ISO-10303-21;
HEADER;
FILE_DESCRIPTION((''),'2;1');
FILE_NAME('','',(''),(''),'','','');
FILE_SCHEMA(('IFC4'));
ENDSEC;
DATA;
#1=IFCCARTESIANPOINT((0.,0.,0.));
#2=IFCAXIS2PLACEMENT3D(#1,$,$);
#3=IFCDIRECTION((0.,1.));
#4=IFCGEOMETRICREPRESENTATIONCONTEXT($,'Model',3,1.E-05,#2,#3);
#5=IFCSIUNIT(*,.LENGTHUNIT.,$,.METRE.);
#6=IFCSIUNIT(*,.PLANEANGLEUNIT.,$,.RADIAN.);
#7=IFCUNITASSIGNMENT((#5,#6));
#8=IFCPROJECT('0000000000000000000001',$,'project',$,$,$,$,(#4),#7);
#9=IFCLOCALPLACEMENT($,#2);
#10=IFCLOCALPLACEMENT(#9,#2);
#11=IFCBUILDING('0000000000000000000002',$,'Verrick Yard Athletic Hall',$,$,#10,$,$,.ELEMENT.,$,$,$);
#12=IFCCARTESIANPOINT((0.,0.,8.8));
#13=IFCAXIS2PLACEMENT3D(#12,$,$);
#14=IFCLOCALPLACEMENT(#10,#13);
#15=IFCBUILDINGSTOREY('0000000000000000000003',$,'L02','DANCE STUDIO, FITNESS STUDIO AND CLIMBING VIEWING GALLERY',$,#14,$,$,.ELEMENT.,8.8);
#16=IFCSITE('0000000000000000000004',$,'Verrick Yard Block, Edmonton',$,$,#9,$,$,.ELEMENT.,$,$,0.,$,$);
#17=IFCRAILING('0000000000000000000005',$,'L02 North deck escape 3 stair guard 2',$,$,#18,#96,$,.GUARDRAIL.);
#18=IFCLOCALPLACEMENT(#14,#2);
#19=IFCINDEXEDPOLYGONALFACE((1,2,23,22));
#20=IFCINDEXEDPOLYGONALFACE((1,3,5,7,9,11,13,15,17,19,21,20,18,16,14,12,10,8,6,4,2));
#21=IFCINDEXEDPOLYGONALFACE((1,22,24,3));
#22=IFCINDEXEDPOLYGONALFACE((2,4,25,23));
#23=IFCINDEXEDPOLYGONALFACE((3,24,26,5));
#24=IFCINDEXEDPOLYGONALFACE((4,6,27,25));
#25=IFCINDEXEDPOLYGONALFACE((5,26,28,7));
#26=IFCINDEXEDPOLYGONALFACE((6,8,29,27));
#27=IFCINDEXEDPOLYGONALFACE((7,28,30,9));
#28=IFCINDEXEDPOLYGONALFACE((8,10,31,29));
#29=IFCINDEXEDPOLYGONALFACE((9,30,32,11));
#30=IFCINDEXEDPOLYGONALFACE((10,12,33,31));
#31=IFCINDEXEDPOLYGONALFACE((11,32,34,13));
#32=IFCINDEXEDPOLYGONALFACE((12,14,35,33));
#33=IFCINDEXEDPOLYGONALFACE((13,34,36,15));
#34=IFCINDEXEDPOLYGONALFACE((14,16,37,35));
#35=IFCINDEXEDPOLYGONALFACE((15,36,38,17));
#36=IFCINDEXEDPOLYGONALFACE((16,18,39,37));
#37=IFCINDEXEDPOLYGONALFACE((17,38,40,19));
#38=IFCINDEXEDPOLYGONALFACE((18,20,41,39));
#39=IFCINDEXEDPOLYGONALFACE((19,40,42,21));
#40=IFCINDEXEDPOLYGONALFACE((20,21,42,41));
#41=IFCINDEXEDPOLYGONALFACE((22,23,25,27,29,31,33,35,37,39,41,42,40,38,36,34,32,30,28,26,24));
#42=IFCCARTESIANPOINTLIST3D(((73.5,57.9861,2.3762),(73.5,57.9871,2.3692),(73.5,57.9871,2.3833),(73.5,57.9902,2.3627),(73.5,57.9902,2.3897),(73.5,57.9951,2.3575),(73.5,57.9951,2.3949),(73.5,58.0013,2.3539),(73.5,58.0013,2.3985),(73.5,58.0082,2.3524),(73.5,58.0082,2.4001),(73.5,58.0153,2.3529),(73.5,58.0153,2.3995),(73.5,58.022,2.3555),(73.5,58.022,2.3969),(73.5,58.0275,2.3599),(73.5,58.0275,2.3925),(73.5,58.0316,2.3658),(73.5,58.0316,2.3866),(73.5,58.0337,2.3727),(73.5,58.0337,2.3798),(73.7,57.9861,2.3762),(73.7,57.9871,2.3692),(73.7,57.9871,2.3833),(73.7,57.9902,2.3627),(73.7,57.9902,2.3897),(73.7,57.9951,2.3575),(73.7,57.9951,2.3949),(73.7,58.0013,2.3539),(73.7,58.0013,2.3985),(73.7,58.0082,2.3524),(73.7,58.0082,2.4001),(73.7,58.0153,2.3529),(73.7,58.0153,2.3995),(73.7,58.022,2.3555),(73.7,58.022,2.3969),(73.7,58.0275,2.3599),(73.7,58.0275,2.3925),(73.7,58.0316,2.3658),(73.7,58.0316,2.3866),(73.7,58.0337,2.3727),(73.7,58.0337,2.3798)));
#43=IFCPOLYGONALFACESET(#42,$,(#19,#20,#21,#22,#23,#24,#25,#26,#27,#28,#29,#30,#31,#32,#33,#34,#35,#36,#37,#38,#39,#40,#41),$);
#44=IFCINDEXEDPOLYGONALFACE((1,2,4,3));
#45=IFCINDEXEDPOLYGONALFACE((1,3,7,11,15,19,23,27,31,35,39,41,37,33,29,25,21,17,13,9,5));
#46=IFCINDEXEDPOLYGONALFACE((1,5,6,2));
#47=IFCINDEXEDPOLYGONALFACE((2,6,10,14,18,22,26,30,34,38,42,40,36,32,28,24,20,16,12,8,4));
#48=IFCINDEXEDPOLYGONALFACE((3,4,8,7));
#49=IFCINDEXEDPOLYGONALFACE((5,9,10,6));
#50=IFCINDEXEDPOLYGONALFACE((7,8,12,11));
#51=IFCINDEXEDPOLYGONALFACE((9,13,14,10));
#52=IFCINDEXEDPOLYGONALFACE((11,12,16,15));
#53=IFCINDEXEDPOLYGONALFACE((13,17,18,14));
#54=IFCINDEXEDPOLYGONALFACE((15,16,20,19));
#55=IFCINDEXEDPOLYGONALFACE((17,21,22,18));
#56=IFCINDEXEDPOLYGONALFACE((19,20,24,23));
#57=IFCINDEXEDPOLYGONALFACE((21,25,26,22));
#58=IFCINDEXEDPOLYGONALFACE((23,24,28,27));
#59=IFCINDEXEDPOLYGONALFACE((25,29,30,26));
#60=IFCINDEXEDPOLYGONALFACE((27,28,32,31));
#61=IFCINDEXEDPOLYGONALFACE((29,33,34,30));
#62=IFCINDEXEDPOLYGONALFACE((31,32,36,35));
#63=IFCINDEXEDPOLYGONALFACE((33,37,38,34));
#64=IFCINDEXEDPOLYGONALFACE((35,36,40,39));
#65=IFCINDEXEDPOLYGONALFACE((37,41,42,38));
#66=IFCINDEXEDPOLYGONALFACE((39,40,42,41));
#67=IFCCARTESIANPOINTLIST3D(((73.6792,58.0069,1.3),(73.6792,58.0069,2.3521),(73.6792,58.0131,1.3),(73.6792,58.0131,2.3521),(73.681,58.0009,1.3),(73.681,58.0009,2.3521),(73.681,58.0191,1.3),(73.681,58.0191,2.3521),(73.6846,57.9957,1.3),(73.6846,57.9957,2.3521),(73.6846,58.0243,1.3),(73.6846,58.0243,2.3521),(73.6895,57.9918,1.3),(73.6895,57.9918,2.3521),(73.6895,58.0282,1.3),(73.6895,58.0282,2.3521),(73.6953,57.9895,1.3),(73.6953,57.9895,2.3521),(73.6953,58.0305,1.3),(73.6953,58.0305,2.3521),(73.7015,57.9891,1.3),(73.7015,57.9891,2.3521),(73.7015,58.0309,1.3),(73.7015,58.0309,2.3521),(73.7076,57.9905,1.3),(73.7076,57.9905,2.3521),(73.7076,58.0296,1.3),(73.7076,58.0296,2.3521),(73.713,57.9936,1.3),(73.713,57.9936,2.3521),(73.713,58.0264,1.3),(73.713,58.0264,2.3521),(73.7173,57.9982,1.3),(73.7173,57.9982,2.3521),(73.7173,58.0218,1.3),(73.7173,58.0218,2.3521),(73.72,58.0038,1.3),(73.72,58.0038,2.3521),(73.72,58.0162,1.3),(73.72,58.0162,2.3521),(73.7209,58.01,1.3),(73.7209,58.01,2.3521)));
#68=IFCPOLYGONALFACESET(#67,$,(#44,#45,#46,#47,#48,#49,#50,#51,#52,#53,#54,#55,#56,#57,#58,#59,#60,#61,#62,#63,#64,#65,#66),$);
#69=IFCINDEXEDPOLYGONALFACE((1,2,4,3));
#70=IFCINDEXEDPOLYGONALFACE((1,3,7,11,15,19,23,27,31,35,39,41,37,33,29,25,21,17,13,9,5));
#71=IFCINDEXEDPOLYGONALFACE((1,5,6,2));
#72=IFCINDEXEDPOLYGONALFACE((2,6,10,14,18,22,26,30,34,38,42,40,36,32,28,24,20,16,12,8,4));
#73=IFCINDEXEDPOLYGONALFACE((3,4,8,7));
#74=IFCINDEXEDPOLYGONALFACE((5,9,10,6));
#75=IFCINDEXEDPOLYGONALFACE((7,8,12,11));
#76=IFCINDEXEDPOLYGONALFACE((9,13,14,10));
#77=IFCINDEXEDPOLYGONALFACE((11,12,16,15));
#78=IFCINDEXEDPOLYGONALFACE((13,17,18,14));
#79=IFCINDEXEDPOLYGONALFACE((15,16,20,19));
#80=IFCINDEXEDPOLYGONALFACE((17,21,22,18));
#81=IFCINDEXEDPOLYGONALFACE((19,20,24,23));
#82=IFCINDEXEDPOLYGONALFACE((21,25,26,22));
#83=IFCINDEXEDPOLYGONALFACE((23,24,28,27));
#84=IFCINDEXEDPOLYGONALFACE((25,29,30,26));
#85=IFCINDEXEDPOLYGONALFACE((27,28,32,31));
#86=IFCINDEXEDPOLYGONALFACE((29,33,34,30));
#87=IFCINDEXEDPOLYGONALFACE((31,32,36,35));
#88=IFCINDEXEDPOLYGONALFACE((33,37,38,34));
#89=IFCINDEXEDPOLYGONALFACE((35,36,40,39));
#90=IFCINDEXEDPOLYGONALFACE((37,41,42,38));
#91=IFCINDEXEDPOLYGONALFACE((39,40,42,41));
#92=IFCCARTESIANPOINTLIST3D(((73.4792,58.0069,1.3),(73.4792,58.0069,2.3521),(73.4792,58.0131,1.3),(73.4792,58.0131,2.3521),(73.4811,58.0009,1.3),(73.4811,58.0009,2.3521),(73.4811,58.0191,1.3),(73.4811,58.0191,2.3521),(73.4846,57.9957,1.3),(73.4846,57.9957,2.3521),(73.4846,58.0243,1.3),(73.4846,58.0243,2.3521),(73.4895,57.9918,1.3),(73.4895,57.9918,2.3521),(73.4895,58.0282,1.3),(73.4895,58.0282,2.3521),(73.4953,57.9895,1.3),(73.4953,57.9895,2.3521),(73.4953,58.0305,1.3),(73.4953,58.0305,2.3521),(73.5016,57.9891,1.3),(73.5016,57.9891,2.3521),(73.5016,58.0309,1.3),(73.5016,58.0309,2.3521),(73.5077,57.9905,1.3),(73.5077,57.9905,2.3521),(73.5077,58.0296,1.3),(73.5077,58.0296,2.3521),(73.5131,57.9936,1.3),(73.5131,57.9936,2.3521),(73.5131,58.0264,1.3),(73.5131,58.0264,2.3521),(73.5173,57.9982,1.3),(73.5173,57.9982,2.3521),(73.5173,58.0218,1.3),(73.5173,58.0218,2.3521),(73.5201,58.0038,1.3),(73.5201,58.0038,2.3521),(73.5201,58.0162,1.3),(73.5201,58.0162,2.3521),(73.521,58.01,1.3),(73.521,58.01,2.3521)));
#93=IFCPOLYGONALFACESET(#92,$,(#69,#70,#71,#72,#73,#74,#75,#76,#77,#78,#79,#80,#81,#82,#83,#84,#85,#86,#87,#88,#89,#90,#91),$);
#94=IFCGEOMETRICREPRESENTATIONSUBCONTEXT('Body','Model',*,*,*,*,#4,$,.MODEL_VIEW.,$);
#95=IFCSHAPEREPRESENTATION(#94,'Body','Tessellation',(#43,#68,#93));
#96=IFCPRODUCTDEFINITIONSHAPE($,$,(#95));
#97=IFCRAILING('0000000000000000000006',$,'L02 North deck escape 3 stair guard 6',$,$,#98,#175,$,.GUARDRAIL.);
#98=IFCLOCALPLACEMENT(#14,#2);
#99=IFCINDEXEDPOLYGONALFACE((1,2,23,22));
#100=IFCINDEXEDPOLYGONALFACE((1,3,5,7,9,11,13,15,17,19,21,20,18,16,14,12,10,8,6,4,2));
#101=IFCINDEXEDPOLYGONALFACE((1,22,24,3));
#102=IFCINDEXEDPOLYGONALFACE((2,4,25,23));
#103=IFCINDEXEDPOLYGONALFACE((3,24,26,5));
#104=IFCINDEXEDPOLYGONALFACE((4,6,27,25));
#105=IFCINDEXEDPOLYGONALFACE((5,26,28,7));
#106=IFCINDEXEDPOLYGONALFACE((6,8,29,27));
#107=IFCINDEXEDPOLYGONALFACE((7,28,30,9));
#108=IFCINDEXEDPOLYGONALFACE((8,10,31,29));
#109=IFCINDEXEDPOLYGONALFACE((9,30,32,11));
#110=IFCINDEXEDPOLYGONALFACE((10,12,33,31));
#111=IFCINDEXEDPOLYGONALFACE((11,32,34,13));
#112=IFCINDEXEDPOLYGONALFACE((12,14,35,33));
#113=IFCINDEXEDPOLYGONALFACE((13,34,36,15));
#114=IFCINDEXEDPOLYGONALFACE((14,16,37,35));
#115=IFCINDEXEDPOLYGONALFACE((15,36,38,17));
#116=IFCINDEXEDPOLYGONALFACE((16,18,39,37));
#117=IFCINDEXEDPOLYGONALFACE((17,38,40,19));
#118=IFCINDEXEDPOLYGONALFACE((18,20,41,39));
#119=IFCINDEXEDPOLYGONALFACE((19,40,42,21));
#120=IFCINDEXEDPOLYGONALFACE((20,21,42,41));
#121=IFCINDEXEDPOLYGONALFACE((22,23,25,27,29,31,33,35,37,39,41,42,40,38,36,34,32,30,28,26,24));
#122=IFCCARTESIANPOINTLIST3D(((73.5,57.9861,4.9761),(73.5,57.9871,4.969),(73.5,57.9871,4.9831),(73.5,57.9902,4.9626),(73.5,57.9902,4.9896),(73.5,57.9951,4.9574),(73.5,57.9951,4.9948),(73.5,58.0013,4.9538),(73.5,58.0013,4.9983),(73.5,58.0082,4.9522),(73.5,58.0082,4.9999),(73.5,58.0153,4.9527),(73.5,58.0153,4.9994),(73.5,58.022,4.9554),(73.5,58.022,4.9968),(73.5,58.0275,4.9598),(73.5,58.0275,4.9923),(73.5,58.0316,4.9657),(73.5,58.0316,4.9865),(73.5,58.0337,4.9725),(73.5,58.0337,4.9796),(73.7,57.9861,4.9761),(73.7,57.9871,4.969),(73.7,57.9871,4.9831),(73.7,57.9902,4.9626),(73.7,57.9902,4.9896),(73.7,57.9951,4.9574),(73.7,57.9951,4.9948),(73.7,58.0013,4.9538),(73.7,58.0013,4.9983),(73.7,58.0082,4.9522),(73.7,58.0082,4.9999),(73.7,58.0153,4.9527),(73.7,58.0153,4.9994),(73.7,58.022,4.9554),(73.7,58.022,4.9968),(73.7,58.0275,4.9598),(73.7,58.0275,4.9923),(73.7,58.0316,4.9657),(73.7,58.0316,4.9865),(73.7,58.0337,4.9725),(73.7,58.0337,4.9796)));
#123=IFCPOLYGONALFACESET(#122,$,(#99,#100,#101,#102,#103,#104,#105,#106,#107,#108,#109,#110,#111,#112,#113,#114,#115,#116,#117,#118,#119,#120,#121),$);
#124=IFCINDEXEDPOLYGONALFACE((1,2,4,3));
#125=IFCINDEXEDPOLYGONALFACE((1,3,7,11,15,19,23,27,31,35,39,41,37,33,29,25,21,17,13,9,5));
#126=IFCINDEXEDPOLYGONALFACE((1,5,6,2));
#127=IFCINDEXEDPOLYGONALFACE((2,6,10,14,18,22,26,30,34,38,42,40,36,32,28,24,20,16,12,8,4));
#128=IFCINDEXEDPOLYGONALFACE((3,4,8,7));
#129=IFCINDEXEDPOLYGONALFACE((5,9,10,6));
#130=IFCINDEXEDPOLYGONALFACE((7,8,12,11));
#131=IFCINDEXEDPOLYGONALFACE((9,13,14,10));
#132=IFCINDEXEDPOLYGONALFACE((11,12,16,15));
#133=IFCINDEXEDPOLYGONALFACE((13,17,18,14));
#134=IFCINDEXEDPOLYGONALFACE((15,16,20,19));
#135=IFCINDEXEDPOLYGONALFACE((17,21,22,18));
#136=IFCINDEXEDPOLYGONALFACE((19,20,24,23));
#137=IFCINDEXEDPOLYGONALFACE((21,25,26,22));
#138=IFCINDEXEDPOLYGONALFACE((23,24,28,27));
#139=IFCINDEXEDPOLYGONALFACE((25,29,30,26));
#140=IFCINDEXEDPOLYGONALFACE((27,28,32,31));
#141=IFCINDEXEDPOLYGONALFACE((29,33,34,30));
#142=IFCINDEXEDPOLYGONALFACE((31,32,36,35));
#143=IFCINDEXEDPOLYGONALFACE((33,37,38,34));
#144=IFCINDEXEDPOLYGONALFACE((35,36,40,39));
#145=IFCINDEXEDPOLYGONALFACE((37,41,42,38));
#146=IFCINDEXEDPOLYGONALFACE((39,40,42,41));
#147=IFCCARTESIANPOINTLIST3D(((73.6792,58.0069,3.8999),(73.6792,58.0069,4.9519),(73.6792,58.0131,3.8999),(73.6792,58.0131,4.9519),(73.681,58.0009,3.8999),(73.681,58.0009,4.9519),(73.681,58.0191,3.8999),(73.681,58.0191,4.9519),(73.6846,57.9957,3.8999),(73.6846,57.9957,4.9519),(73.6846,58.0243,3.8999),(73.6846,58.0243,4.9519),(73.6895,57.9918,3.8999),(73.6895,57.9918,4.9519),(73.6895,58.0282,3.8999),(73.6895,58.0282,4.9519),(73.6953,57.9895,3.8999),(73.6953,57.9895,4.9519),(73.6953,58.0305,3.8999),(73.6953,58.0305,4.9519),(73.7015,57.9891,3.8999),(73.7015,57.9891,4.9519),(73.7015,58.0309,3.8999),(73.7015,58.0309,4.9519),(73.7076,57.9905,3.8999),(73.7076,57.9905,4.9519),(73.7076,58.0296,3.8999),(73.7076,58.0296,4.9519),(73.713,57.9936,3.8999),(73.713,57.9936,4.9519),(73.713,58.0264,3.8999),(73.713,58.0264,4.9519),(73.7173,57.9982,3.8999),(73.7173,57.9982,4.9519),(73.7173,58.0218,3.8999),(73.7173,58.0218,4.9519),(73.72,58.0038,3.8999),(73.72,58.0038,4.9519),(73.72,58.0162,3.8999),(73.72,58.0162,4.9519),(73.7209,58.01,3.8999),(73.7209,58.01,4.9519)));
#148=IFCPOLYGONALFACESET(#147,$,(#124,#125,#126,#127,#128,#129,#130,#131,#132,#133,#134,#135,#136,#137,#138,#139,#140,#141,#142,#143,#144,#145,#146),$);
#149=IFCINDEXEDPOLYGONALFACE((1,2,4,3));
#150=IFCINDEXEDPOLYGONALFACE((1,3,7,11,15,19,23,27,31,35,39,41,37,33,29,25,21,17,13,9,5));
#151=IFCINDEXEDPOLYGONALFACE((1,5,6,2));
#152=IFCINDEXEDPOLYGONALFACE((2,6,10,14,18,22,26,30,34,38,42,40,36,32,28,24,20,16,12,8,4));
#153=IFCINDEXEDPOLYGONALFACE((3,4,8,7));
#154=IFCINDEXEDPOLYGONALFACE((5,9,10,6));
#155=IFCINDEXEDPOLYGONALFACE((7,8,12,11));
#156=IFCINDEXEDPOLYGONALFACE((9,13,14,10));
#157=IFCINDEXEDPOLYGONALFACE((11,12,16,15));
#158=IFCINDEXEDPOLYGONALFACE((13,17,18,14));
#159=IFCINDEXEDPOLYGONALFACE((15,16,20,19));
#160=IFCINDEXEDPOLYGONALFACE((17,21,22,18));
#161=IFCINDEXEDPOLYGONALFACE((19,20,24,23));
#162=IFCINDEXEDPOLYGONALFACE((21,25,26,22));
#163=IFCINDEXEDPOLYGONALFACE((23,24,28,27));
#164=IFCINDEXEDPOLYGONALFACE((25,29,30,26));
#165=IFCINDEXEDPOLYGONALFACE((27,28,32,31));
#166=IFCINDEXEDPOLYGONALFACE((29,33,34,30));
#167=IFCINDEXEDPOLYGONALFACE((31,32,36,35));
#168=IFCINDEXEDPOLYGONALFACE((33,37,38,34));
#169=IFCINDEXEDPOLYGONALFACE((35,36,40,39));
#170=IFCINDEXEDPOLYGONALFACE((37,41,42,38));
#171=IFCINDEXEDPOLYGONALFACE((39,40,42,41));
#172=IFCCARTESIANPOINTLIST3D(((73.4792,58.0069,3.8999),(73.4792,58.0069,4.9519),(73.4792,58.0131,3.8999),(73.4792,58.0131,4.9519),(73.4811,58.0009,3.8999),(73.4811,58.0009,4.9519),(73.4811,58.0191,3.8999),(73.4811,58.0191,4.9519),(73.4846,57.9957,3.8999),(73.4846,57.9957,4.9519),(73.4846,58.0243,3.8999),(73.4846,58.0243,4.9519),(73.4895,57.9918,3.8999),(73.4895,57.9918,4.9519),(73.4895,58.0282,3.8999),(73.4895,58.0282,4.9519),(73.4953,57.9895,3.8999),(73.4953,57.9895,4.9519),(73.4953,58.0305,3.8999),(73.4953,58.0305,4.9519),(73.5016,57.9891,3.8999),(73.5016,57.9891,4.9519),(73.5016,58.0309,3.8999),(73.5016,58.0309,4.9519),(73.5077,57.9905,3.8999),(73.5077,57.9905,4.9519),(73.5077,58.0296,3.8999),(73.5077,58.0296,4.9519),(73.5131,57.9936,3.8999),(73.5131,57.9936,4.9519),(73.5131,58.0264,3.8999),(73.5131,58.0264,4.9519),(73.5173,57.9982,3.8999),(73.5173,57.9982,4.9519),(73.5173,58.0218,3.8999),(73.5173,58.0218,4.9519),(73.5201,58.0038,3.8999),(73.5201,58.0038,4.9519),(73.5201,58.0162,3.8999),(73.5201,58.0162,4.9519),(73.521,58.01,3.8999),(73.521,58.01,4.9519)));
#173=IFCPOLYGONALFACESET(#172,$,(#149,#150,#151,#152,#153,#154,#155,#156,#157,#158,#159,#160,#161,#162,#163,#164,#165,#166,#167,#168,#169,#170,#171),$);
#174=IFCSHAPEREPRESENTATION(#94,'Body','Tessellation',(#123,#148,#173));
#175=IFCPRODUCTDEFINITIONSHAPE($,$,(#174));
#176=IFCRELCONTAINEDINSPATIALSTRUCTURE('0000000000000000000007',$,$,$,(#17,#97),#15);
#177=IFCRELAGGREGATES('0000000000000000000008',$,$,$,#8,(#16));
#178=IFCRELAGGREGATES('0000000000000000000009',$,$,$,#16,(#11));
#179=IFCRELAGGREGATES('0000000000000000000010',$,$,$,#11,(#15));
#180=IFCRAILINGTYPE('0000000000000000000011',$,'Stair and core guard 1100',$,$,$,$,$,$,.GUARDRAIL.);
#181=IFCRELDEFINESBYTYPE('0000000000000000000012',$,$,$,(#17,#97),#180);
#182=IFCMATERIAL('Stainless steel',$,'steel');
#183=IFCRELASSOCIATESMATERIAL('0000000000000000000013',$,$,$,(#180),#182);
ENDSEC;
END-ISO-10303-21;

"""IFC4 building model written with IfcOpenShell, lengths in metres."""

from ifc_helpers import new_model, si_unit, direction, frame, origin, origin_2d, place, context, subcontext, project, spatial, circle, extrude, material, type_object, element, save


model = new_model("IFC4")

# Units and contexts
model_context = context("Model", 3, precision=1e-05, world=origin(), true_north=direction((0.0, 1.0)))
body_context = subcontext(model_context, "Body", "Model", "MODEL_VIEW")
ifc_project = project(units=[si_unit("LENGTHUNIT", "METRE"), si_unit("PLANEANGLEUNIT", "RADIAN")], contexts=[model_context])

# Site, building, storey
site_placement = place(None, origin())
site = spatial("IfcSite", under=ifc_project, at=site_placement, Name="Verrick Yard Block, Edmonton", CompositionType="ELEMENT", RefElevation=0.0)
building_placement = place(site_placement, origin())
building = spatial("IfcBuilding", under=site, at=building_placement, Name="Verrick Yard Athletic Hall", CompositionType="ELEMENT")
storey_placement = place(building_placement, frame((0.0, 0.0, 8.8)))
storey = spatial("IfcBuildingStorey", under=building, at=storey_placement, Name="L02", Description="DANCE STUDIO, FITNESS STUDIO AND CLIMBING VIEWING GALLERY", CompositionType="ELEMENT", Elevation=8.8)

# Railings
ifc_material_1 = material(Name="Stainless steel", Category="steel")
railing_type = type_object("IfcRailingType", Name="Stair and core guard 1100", PredefinedType="GUARDRAIL", material=ifc_material_1)
for number, where, name in (
    (1, (73.7, 58.01, 1.3), "L02 North deck escape 3 stair guard 2"),
    (2, (73.7, 58.01, 3.8999), "L02 North deck escape 3 stair guard 6"),
):
    element("IfcRailing", number, at=place(storey_placement, frame(where)), inside=storey, type_object=railing_type, Name=name, PredefinedType="GUARDRAIL", context=body_context, shape_type="SweptSolid", body=[
        extrude(circle(Radius=0.0239, at=origin_2d()), frame((0.0, 0.0, 1.0762), z_axis=(-1.0, 0.0, 0.0), x_axis=(0.0, -1.0, 0.0)), (0.0, 0.0, 1.0), 0.2),
        extrude(circle(Radius=0.021, at=origin_2d()), origin(), (0.0, 0.0, 1.0), 1.052),
        extrude(circle(Radius=0.021, at=origin_2d()), frame((-0.2, 0.0, 0.0)), (0.0, 0.0, 1.0), 1.052),
    ])

save(model, "model.ifc")
